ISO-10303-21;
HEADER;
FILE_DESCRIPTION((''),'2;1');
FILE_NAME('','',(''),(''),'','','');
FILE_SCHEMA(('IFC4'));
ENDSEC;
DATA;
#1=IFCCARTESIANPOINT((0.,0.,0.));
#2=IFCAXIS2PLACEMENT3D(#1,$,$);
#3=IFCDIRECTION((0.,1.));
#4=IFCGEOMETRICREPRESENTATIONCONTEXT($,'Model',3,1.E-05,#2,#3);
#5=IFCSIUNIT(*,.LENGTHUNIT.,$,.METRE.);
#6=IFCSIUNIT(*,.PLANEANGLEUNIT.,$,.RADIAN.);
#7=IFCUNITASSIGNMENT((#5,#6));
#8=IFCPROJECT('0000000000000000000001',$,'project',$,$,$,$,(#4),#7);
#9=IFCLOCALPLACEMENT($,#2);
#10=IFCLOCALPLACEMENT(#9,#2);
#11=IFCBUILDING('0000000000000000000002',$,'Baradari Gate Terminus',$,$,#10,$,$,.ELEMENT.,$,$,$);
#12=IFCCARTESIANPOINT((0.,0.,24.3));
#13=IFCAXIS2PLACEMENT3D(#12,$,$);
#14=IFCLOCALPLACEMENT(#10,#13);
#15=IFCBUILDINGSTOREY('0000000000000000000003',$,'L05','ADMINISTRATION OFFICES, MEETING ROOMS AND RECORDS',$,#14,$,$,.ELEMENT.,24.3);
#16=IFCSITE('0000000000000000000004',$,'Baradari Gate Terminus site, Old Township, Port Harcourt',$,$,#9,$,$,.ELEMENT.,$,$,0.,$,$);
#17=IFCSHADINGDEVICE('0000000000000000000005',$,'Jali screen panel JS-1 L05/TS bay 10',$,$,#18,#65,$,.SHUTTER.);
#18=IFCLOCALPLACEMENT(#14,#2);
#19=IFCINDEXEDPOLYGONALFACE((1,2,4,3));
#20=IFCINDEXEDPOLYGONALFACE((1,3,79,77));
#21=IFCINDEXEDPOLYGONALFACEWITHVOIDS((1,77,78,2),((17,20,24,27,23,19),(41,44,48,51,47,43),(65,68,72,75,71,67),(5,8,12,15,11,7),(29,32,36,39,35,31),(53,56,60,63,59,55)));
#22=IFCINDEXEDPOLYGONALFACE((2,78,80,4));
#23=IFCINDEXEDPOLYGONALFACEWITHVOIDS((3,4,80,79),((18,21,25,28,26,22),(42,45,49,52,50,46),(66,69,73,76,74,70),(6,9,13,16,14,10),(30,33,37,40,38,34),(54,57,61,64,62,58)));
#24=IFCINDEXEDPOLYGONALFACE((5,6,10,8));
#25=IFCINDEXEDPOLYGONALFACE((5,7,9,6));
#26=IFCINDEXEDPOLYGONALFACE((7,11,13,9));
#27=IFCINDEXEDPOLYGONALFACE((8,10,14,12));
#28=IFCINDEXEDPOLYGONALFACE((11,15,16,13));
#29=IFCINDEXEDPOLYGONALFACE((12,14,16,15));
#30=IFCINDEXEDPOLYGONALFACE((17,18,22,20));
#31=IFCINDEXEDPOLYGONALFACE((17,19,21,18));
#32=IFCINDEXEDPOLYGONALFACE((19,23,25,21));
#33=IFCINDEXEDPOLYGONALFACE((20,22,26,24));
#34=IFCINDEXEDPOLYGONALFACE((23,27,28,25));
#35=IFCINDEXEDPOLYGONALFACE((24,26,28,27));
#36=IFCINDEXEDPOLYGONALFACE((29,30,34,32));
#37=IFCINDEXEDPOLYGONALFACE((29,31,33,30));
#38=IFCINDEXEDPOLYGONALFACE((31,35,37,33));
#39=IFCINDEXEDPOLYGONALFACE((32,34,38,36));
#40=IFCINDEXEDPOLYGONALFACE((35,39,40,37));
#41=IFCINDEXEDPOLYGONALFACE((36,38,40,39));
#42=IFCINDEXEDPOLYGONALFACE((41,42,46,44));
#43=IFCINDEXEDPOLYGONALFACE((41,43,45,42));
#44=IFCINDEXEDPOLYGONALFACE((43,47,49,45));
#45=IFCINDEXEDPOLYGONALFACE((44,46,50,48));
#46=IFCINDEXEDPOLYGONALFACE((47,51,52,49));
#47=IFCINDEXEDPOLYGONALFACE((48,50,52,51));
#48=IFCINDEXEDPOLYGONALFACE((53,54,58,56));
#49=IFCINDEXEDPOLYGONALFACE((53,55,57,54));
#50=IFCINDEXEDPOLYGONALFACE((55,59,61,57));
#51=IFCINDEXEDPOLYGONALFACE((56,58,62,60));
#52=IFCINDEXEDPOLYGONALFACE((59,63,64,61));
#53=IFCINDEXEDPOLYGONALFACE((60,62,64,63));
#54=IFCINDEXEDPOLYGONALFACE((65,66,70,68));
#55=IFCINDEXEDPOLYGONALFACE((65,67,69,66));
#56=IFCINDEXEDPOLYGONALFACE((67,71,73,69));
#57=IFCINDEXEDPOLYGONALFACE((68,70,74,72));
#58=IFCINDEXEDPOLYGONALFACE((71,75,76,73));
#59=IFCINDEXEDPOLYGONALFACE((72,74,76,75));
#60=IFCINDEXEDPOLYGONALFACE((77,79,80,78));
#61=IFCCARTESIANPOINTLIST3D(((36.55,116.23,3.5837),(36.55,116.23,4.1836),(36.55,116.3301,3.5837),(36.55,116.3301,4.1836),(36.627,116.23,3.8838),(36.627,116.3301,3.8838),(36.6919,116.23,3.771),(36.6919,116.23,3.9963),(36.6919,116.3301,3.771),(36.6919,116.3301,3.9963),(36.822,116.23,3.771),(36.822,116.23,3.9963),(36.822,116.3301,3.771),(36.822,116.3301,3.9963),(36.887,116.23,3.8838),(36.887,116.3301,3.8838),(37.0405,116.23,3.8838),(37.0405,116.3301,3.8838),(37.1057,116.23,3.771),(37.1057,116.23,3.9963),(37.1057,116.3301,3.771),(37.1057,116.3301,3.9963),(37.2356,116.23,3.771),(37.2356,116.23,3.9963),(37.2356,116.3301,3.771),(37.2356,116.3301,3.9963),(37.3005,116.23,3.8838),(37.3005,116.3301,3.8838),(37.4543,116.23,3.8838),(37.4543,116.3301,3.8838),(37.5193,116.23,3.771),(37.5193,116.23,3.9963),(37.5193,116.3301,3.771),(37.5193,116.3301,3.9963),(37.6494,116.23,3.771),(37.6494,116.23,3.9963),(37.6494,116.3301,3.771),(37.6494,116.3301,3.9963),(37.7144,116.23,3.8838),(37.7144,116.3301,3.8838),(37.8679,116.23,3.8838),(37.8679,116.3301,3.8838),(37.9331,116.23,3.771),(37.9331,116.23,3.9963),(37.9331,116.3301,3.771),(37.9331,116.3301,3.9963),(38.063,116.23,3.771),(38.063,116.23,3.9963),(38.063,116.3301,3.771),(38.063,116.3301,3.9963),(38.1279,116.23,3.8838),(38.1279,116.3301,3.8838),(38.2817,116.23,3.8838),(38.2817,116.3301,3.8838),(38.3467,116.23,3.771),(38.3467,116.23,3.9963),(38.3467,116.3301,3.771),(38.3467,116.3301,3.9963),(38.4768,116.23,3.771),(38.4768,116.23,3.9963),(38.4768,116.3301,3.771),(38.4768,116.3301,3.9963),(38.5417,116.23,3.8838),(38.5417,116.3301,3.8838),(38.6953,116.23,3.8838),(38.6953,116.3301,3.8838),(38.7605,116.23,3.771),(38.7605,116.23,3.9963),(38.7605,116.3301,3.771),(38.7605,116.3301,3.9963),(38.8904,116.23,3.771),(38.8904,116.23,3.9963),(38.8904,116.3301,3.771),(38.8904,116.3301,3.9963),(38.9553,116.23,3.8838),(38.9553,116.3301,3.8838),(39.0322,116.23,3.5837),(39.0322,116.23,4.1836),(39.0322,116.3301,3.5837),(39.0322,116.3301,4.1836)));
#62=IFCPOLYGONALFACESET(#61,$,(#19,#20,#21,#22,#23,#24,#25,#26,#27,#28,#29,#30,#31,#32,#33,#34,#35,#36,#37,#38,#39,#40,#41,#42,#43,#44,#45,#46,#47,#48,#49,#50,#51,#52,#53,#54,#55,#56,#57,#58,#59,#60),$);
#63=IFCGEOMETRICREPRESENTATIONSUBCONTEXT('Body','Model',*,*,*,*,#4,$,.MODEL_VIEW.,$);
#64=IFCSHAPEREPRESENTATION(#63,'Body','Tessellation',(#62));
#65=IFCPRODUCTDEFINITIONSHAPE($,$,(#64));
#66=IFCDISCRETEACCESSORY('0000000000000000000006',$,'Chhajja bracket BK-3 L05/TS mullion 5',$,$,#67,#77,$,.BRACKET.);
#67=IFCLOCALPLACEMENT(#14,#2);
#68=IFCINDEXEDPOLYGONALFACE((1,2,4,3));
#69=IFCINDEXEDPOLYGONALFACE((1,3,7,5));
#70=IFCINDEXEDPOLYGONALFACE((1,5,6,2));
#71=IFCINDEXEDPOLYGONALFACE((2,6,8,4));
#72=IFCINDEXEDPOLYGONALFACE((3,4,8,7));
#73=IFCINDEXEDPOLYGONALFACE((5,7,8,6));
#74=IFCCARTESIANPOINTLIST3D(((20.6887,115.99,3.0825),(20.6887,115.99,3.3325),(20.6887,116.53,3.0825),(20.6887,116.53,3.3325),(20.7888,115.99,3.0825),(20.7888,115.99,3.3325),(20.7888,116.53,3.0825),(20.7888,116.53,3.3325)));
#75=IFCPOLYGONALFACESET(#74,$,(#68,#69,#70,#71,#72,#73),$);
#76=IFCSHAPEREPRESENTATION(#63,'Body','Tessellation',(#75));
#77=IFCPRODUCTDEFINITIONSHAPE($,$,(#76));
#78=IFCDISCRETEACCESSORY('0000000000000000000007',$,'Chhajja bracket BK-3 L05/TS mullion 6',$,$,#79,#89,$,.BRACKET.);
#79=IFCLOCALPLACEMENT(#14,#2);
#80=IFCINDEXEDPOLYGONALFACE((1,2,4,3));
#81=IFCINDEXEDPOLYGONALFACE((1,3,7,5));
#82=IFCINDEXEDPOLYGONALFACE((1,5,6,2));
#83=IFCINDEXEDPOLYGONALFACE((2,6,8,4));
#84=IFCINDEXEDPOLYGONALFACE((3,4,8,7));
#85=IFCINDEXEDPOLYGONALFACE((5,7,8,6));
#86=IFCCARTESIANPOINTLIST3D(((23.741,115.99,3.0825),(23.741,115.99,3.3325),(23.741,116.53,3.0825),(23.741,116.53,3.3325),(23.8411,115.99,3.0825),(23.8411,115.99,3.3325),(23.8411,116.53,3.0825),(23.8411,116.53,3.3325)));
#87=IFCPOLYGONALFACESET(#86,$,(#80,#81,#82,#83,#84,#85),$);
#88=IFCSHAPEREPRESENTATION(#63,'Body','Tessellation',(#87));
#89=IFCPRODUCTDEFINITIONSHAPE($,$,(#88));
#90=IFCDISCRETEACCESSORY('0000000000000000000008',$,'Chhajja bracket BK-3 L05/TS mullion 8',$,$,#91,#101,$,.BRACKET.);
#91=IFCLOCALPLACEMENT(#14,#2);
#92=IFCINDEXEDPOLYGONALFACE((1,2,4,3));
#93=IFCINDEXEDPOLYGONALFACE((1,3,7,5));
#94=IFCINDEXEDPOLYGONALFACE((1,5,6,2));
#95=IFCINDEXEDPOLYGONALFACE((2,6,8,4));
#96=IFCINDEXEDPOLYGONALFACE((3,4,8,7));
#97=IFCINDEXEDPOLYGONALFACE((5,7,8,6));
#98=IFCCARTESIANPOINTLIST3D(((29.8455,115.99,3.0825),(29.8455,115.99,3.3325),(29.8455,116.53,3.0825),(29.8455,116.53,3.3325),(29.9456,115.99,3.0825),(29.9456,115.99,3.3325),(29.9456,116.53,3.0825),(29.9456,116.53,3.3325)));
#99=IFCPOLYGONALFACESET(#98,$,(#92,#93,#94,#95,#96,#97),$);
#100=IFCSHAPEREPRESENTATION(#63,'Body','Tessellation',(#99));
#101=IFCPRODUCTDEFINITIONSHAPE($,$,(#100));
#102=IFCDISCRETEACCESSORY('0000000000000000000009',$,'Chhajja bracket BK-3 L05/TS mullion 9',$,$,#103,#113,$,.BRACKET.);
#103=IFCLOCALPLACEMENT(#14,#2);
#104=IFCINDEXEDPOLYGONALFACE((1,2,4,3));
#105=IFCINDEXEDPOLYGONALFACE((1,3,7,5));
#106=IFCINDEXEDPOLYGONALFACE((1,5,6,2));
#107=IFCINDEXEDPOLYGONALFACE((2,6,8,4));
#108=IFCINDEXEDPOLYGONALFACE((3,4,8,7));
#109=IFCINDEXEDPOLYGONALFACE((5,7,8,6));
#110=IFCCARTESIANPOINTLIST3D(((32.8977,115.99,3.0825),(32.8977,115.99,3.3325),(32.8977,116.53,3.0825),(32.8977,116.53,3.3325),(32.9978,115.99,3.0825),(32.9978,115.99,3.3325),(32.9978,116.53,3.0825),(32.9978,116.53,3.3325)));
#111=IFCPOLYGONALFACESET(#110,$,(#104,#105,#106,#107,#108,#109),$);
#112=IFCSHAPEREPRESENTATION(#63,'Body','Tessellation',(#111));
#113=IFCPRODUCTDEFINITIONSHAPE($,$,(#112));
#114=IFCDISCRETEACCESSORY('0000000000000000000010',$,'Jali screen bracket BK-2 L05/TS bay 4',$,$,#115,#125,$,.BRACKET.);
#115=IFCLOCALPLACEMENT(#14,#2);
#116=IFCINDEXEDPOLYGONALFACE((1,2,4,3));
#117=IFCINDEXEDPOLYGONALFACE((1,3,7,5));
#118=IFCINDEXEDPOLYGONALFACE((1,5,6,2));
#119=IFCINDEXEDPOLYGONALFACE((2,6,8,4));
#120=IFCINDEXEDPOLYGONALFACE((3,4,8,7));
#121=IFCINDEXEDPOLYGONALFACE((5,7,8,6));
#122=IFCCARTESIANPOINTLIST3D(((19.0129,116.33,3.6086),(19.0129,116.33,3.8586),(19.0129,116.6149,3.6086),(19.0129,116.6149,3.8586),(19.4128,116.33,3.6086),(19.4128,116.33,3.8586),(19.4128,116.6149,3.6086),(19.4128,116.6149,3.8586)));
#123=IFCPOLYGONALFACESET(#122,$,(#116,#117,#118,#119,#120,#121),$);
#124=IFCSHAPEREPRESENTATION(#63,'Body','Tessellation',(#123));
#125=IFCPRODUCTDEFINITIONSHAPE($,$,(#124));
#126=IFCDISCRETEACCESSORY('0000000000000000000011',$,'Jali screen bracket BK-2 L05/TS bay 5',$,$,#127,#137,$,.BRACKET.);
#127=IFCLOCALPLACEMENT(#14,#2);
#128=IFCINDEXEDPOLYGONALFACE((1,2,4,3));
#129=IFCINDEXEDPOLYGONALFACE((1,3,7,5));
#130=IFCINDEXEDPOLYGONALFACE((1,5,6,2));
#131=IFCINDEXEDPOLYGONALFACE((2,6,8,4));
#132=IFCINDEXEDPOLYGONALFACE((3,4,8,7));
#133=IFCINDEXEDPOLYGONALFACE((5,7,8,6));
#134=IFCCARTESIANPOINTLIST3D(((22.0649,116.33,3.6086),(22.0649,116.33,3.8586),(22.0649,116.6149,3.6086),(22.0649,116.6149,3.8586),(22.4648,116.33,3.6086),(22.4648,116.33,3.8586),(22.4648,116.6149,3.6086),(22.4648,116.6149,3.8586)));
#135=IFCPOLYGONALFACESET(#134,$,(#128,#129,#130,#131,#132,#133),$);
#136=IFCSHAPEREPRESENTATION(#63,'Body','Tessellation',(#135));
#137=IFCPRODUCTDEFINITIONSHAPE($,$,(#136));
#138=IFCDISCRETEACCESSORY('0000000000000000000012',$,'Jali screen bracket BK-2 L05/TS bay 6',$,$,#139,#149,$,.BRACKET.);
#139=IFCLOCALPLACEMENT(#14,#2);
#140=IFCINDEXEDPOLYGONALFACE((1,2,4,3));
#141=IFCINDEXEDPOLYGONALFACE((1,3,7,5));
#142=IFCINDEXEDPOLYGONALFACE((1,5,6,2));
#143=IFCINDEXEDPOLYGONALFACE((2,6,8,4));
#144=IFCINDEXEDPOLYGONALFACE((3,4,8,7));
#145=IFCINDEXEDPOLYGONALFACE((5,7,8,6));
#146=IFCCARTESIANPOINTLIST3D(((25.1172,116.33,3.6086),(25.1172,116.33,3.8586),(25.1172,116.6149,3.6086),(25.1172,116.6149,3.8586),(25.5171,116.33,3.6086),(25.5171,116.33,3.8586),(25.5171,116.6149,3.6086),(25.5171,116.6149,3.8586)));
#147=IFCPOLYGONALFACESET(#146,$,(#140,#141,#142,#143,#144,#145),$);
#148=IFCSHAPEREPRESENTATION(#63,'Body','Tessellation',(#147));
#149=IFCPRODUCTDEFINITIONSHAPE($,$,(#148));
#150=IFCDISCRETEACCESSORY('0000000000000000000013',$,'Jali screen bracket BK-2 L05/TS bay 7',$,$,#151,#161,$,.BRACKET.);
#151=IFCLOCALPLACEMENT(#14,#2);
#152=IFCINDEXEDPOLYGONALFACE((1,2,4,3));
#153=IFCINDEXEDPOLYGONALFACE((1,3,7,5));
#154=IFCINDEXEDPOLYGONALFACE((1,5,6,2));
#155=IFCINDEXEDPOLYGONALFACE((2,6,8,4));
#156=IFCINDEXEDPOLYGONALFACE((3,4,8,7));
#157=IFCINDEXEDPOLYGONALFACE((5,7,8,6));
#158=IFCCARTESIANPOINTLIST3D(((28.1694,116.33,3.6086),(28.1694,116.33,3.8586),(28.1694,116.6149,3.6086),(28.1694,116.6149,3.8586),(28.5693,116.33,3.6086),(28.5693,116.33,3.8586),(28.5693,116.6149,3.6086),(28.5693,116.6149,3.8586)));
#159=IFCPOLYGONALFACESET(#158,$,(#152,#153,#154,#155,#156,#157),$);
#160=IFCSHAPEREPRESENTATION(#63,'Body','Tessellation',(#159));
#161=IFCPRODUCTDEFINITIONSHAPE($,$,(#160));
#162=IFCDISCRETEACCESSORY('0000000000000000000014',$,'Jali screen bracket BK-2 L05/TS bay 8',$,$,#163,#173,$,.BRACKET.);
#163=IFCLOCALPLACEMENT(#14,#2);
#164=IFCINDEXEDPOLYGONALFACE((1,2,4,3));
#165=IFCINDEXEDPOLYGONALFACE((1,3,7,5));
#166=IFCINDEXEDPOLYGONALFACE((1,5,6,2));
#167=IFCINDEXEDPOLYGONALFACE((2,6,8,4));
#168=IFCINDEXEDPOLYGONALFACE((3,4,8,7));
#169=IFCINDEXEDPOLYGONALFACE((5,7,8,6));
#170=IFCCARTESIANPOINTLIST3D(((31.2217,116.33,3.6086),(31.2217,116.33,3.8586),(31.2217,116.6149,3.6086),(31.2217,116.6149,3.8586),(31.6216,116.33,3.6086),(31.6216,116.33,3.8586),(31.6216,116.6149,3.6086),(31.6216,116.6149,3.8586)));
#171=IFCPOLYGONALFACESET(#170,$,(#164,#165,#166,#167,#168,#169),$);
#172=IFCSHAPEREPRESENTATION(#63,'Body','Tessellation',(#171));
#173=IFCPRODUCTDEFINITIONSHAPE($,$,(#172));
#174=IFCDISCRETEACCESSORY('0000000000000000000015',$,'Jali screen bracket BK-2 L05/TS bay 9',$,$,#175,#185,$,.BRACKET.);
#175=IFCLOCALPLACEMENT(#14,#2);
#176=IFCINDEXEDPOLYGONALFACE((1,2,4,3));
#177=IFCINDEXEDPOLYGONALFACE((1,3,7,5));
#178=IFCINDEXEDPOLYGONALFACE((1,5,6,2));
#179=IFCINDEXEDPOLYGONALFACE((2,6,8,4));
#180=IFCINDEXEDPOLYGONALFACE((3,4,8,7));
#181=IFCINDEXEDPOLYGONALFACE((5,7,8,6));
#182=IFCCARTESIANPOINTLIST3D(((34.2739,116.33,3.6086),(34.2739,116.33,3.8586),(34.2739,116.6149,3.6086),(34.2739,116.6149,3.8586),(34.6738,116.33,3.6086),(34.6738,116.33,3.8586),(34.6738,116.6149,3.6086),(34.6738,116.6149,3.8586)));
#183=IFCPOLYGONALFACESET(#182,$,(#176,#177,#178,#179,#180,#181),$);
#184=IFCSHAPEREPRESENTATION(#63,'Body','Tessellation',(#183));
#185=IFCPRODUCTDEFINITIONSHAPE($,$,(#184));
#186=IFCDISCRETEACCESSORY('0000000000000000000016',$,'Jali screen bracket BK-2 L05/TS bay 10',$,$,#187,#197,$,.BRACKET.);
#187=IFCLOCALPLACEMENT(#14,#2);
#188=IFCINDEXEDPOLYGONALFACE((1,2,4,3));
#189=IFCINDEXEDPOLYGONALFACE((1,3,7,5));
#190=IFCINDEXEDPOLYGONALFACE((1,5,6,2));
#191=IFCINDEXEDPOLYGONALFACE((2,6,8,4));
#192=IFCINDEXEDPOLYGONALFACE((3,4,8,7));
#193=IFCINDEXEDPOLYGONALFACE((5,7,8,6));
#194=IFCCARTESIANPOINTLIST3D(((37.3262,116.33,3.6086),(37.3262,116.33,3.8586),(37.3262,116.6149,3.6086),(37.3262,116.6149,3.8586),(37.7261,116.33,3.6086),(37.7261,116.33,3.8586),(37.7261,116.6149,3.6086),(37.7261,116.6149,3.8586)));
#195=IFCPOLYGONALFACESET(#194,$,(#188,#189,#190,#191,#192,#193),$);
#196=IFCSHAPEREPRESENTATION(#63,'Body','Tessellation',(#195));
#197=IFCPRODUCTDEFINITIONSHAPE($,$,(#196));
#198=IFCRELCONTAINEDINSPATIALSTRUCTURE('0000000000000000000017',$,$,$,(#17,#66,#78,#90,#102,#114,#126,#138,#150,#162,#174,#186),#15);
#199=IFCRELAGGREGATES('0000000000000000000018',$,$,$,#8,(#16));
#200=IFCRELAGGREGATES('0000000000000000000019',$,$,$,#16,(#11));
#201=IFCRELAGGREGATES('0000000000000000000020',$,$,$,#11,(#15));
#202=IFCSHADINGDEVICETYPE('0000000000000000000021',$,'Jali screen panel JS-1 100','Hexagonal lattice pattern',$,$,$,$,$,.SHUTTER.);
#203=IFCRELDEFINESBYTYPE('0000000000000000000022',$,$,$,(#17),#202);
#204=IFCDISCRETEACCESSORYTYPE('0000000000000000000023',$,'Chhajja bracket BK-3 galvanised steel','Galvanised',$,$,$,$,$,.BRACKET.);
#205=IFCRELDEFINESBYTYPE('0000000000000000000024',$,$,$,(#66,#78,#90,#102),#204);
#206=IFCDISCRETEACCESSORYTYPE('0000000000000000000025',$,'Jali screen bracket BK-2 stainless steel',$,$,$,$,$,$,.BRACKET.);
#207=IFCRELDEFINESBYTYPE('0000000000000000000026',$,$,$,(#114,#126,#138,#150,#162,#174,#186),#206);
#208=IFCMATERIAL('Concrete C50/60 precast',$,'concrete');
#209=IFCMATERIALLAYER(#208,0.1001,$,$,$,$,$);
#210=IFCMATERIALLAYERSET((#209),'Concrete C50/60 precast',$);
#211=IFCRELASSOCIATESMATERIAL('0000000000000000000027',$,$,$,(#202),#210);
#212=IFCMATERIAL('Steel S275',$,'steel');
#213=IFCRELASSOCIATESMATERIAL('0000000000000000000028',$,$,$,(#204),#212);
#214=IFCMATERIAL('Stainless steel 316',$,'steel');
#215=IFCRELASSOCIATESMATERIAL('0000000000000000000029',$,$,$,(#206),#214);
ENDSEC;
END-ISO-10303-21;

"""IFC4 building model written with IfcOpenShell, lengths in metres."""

from ifc_helpers import new_model, si_unit, direction, frame, origin, origin_2d, place, context, subcontext, project, spatial, polyline, rectangle, outline, extrude, material, layer, layer_set, type_object, element, save


model = new_model("IFC4")

# Units and contexts
model_context = context("Model", 3, precision=1e-05, world=origin(), true_north=direction((0.0, 1.0)))
body_context = subcontext(model_context, "Body", "Model", "MODEL_VIEW")
ifc_project = project(units=[si_unit("LENGTHUNIT", "METRE"), si_unit("PLANEANGLEUNIT", "RADIAN")], contexts=[model_context])

# Site, building, storey
site_placement = place(None, origin())
site = spatial("IfcSite", under=ifc_project, at=site_placement, Name="Baradari Gate Terminus site, Old Township, Port Harcourt", CompositionType="ELEMENT", RefElevation=0.0)
building_placement = place(site_placement, origin())
building = spatial("IfcBuilding", under=site, at=building_placement, Name="Baradari Gate Terminus", CompositionType="ELEMENT")
storey_placement = place(building_placement, frame((0.0, 0.0, 24.3)))
storey = spatial("IfcBuildingStorey", under=building, at=storey_placement, Name="L05", Description="ADMINISTRATION OFFICES, MEETING ROOMS AND RECORDS", CompositionType="ELEMENT", Elevation=24.3)

# Shading device
ifc_material_1 = material(Name="Concrete C50/60 precast", Category="concrete")
ifc_layer_1 = layer(ifc_material_1, 0.1001)
ifc_layer_set_1 = layer_set([ifc_layer_1], Name="Concrete C50/60 precast")
shading_device_type_1 = type_object("IfcShadingDeviceType", Name="Jali screen panel JS-1 100", Description="Hexagonal lattice pattern", PredefinedType="SHUTTER", material=ifc_layer_set_1)
for number, where, z_axis, x_axis, name in (
    (1, (36.55, 116.28, 3.5837), (0.0, 0.0, 1.0), (1.0, 0.0, 0.0), "Jali screen panel JS-1 L05/TS bay 10"),
):
    element("IfcShadingDevice", number, at=place(storey_placement, frame(where, z_axis=z_axis, x_axis=x_axis)), inside=storey, type_object=shading_device_type_1, Name=name, PredefinedType="SHUTTER", context=body_context, shape_type="SweptSolid", body=[
        extrude(outline(polyline([(0.0, 0.0), (2.4822, 0.0), (2.4822, 0.5999), (0.0, 0.5999), (0.0, 0.0)]), holes=[polyline([(0.3369, 0.3), (0.272, 0.1873), (0.1418, 0.1873), (0.0769, 0.3), (0.1418, 0.4126), (0.272, 0.4126), (0.3369, 0.3)]), polyline([(0.7505, 0.3), (0.6855, 0.1873), (0.5557, 0.1873), (0.4905, 0.3), (0.5557, 0.4126), (0.6855, 0.4126), (0.7505, 0.3)]), polyline([(1.1643, 0.3), (1.0994, 0.1873), (0.9692, 0.1873), (0.9043, 0.3), (0.9692, 0.4126), (1.0994, 0.4126), (1.1643, 0.3)]), polyline([(1.5779, 0.3), (1.5129, 0.1873), (1.3831, 0.1873), (1.3179, 0.3), (1.3831, 0.4126), (1.5129, 0.4126), (1.5779, 0.3)]), polyline([(1.9917, 0.3), (1.9268, 0.1873), (1.7966, 0.1873), (1.7317, 0.3), (1.7966, 0.4126), (1.9268, 0.4126), (1.9917, 0.3)]), polyline([(2.4053, 0.3), (2.3403, 0.1873), (2.2104, 0.1873), (2.1453, 0.3), (2.2104, 0.4126), (2.3403, 0.4126), (2.4053, 0.3)])]), frame((0.0, 0.05, 0.0), z_axis=(0.0, -1.0, 0.0), x_axis=(1.0, 0.0, 0.0)), (0.0, 0.0, 1.0), 0.1001),
    ])

# Discrete accessories
ifc_material_2 = material(Name="Steel S275", Category="steel")
discrete_accessory_type_1 = type_object("IfcDiscreteAccessoryType", Name="Chhajja bracket BK-3 galvanised steel", Description="Galvanised", PredefinedType="BRACKET", material=ifc_material_2)
for number, where, z_axis, x_axis, name in (
    (2, (20.7388, 116.26, 3.0825), (0.0, 0.0, 1.0), (0.0, -1.0, 0.0), "Chhajja bracket BK-3 L05/TS mullion 5"),
    (3, (23.791, 116.26, 3.0825), (0.0, 0.0, 1.0), (0.0, -1.0, 0.0), "Chhajja bracket BK-3 L05/TS mullion 6"),
    (4, (29.8955, 116.26, 3.0825), (0.0, 0.0, 1.0), (0.0, -1.0, 0.0), "Chhajja bracket BK-3 L05/TS mullion 8"),
    (5, (32.9478, 116.26, 3.0825), (0.0, 0.0, 1.0), (0.0, -1.0, 0.0), "Chhajja bracket BK-3 L05/TS mullion 9"),
):
    element("IfcDiscreteAccessory", number, at=place(storey_placement, frame(where, z_axis=z_axis, x_axis=x_axis)), inside=storey, type_object=discrete_accessory_type_1, Name=name, PredefinedType="BRACKET", context=body_context, shape_type="SweptSolid", body=[
        extrude(rectangle(XDim=0.54, YDim=0.1001, at=origin_2d()), origin(), (0.0, 0.0, 1.0), 0.25),
    ])
ifc_material_3 = material(Name="Stainless steel 316", Category="steel")
discrete_accessory_type_2 = type_object("IfcDiscreteAccessoryType", Name="Jali screen bracket BK-2 stainless steel", PredefinedType="BRACKET", material=ifc_material_3)
for number, where, z_axis, x_axis, name in (
    (6, (19.2129, 116.4724, 3.6086), (0.0, 0.0, 1.0), (0.0, -1.0, 0.0), "Jali screen bracket BK-2 L05/TS bay 4"),
    (7, (22.2649, 116.4724, 3.6086), (0.0, 0.0, 1.0), (0.0, -1.0, 0.0), "Jali screen bracket BK-2 L05/TS bay 5"),
    (8, (25.3171, 116.4724, 3.6086), (0.0, 0.0, 1.0), (0.0, -1.0, 0.0), "Jali screen bracket BK-2 L05/TS bay 6"),
    (9, (28.3694, 116.4724, 3.6086), (0.0, 0.0, 1.0), (0.0, -1.0, 0.0), "Jali screen bracket BK-2 L05/TS bay 7"),
    (10, (31.4216, 116.4724, 3.6086), (0.0, 0.0, 1.0), (0.0, -1.0, 0.0), "Jali screen bracket BK-2 L05/TS bay 8"),
    (11, (34.4739, 116.4724, 3.6086), (0.0, 0.0, 1.0), (0.0, -1.0, 0.0), "Jali screen bracket BK-2 L05/TS bay 9"),
    (12, (37.5261, 116.4724, 3.6086), (0.0, 0.0, 1.0), (0.0, -1.0, 0.0), "Jali screen bracket BK-2 L05/TS bay 10"),
):
    element("IfcDiscreteAccessory", number, at=place(storey_placement, frame(where, z_axis=z_axis, x_axis=x_axis)), inside=storey, type_object=discrete_accessory_type_2, Name=name, PredefinedType="BRACKET", context=body_context, shape_type="SweptSolid", body=[
        extrude(rectangle(XDim=0.2849, YDim=0.3999, at=origin_2d()), origin(), (0.0, 0.0, 1.0), 0.25),
    ])

save(model, "model.ifc")
